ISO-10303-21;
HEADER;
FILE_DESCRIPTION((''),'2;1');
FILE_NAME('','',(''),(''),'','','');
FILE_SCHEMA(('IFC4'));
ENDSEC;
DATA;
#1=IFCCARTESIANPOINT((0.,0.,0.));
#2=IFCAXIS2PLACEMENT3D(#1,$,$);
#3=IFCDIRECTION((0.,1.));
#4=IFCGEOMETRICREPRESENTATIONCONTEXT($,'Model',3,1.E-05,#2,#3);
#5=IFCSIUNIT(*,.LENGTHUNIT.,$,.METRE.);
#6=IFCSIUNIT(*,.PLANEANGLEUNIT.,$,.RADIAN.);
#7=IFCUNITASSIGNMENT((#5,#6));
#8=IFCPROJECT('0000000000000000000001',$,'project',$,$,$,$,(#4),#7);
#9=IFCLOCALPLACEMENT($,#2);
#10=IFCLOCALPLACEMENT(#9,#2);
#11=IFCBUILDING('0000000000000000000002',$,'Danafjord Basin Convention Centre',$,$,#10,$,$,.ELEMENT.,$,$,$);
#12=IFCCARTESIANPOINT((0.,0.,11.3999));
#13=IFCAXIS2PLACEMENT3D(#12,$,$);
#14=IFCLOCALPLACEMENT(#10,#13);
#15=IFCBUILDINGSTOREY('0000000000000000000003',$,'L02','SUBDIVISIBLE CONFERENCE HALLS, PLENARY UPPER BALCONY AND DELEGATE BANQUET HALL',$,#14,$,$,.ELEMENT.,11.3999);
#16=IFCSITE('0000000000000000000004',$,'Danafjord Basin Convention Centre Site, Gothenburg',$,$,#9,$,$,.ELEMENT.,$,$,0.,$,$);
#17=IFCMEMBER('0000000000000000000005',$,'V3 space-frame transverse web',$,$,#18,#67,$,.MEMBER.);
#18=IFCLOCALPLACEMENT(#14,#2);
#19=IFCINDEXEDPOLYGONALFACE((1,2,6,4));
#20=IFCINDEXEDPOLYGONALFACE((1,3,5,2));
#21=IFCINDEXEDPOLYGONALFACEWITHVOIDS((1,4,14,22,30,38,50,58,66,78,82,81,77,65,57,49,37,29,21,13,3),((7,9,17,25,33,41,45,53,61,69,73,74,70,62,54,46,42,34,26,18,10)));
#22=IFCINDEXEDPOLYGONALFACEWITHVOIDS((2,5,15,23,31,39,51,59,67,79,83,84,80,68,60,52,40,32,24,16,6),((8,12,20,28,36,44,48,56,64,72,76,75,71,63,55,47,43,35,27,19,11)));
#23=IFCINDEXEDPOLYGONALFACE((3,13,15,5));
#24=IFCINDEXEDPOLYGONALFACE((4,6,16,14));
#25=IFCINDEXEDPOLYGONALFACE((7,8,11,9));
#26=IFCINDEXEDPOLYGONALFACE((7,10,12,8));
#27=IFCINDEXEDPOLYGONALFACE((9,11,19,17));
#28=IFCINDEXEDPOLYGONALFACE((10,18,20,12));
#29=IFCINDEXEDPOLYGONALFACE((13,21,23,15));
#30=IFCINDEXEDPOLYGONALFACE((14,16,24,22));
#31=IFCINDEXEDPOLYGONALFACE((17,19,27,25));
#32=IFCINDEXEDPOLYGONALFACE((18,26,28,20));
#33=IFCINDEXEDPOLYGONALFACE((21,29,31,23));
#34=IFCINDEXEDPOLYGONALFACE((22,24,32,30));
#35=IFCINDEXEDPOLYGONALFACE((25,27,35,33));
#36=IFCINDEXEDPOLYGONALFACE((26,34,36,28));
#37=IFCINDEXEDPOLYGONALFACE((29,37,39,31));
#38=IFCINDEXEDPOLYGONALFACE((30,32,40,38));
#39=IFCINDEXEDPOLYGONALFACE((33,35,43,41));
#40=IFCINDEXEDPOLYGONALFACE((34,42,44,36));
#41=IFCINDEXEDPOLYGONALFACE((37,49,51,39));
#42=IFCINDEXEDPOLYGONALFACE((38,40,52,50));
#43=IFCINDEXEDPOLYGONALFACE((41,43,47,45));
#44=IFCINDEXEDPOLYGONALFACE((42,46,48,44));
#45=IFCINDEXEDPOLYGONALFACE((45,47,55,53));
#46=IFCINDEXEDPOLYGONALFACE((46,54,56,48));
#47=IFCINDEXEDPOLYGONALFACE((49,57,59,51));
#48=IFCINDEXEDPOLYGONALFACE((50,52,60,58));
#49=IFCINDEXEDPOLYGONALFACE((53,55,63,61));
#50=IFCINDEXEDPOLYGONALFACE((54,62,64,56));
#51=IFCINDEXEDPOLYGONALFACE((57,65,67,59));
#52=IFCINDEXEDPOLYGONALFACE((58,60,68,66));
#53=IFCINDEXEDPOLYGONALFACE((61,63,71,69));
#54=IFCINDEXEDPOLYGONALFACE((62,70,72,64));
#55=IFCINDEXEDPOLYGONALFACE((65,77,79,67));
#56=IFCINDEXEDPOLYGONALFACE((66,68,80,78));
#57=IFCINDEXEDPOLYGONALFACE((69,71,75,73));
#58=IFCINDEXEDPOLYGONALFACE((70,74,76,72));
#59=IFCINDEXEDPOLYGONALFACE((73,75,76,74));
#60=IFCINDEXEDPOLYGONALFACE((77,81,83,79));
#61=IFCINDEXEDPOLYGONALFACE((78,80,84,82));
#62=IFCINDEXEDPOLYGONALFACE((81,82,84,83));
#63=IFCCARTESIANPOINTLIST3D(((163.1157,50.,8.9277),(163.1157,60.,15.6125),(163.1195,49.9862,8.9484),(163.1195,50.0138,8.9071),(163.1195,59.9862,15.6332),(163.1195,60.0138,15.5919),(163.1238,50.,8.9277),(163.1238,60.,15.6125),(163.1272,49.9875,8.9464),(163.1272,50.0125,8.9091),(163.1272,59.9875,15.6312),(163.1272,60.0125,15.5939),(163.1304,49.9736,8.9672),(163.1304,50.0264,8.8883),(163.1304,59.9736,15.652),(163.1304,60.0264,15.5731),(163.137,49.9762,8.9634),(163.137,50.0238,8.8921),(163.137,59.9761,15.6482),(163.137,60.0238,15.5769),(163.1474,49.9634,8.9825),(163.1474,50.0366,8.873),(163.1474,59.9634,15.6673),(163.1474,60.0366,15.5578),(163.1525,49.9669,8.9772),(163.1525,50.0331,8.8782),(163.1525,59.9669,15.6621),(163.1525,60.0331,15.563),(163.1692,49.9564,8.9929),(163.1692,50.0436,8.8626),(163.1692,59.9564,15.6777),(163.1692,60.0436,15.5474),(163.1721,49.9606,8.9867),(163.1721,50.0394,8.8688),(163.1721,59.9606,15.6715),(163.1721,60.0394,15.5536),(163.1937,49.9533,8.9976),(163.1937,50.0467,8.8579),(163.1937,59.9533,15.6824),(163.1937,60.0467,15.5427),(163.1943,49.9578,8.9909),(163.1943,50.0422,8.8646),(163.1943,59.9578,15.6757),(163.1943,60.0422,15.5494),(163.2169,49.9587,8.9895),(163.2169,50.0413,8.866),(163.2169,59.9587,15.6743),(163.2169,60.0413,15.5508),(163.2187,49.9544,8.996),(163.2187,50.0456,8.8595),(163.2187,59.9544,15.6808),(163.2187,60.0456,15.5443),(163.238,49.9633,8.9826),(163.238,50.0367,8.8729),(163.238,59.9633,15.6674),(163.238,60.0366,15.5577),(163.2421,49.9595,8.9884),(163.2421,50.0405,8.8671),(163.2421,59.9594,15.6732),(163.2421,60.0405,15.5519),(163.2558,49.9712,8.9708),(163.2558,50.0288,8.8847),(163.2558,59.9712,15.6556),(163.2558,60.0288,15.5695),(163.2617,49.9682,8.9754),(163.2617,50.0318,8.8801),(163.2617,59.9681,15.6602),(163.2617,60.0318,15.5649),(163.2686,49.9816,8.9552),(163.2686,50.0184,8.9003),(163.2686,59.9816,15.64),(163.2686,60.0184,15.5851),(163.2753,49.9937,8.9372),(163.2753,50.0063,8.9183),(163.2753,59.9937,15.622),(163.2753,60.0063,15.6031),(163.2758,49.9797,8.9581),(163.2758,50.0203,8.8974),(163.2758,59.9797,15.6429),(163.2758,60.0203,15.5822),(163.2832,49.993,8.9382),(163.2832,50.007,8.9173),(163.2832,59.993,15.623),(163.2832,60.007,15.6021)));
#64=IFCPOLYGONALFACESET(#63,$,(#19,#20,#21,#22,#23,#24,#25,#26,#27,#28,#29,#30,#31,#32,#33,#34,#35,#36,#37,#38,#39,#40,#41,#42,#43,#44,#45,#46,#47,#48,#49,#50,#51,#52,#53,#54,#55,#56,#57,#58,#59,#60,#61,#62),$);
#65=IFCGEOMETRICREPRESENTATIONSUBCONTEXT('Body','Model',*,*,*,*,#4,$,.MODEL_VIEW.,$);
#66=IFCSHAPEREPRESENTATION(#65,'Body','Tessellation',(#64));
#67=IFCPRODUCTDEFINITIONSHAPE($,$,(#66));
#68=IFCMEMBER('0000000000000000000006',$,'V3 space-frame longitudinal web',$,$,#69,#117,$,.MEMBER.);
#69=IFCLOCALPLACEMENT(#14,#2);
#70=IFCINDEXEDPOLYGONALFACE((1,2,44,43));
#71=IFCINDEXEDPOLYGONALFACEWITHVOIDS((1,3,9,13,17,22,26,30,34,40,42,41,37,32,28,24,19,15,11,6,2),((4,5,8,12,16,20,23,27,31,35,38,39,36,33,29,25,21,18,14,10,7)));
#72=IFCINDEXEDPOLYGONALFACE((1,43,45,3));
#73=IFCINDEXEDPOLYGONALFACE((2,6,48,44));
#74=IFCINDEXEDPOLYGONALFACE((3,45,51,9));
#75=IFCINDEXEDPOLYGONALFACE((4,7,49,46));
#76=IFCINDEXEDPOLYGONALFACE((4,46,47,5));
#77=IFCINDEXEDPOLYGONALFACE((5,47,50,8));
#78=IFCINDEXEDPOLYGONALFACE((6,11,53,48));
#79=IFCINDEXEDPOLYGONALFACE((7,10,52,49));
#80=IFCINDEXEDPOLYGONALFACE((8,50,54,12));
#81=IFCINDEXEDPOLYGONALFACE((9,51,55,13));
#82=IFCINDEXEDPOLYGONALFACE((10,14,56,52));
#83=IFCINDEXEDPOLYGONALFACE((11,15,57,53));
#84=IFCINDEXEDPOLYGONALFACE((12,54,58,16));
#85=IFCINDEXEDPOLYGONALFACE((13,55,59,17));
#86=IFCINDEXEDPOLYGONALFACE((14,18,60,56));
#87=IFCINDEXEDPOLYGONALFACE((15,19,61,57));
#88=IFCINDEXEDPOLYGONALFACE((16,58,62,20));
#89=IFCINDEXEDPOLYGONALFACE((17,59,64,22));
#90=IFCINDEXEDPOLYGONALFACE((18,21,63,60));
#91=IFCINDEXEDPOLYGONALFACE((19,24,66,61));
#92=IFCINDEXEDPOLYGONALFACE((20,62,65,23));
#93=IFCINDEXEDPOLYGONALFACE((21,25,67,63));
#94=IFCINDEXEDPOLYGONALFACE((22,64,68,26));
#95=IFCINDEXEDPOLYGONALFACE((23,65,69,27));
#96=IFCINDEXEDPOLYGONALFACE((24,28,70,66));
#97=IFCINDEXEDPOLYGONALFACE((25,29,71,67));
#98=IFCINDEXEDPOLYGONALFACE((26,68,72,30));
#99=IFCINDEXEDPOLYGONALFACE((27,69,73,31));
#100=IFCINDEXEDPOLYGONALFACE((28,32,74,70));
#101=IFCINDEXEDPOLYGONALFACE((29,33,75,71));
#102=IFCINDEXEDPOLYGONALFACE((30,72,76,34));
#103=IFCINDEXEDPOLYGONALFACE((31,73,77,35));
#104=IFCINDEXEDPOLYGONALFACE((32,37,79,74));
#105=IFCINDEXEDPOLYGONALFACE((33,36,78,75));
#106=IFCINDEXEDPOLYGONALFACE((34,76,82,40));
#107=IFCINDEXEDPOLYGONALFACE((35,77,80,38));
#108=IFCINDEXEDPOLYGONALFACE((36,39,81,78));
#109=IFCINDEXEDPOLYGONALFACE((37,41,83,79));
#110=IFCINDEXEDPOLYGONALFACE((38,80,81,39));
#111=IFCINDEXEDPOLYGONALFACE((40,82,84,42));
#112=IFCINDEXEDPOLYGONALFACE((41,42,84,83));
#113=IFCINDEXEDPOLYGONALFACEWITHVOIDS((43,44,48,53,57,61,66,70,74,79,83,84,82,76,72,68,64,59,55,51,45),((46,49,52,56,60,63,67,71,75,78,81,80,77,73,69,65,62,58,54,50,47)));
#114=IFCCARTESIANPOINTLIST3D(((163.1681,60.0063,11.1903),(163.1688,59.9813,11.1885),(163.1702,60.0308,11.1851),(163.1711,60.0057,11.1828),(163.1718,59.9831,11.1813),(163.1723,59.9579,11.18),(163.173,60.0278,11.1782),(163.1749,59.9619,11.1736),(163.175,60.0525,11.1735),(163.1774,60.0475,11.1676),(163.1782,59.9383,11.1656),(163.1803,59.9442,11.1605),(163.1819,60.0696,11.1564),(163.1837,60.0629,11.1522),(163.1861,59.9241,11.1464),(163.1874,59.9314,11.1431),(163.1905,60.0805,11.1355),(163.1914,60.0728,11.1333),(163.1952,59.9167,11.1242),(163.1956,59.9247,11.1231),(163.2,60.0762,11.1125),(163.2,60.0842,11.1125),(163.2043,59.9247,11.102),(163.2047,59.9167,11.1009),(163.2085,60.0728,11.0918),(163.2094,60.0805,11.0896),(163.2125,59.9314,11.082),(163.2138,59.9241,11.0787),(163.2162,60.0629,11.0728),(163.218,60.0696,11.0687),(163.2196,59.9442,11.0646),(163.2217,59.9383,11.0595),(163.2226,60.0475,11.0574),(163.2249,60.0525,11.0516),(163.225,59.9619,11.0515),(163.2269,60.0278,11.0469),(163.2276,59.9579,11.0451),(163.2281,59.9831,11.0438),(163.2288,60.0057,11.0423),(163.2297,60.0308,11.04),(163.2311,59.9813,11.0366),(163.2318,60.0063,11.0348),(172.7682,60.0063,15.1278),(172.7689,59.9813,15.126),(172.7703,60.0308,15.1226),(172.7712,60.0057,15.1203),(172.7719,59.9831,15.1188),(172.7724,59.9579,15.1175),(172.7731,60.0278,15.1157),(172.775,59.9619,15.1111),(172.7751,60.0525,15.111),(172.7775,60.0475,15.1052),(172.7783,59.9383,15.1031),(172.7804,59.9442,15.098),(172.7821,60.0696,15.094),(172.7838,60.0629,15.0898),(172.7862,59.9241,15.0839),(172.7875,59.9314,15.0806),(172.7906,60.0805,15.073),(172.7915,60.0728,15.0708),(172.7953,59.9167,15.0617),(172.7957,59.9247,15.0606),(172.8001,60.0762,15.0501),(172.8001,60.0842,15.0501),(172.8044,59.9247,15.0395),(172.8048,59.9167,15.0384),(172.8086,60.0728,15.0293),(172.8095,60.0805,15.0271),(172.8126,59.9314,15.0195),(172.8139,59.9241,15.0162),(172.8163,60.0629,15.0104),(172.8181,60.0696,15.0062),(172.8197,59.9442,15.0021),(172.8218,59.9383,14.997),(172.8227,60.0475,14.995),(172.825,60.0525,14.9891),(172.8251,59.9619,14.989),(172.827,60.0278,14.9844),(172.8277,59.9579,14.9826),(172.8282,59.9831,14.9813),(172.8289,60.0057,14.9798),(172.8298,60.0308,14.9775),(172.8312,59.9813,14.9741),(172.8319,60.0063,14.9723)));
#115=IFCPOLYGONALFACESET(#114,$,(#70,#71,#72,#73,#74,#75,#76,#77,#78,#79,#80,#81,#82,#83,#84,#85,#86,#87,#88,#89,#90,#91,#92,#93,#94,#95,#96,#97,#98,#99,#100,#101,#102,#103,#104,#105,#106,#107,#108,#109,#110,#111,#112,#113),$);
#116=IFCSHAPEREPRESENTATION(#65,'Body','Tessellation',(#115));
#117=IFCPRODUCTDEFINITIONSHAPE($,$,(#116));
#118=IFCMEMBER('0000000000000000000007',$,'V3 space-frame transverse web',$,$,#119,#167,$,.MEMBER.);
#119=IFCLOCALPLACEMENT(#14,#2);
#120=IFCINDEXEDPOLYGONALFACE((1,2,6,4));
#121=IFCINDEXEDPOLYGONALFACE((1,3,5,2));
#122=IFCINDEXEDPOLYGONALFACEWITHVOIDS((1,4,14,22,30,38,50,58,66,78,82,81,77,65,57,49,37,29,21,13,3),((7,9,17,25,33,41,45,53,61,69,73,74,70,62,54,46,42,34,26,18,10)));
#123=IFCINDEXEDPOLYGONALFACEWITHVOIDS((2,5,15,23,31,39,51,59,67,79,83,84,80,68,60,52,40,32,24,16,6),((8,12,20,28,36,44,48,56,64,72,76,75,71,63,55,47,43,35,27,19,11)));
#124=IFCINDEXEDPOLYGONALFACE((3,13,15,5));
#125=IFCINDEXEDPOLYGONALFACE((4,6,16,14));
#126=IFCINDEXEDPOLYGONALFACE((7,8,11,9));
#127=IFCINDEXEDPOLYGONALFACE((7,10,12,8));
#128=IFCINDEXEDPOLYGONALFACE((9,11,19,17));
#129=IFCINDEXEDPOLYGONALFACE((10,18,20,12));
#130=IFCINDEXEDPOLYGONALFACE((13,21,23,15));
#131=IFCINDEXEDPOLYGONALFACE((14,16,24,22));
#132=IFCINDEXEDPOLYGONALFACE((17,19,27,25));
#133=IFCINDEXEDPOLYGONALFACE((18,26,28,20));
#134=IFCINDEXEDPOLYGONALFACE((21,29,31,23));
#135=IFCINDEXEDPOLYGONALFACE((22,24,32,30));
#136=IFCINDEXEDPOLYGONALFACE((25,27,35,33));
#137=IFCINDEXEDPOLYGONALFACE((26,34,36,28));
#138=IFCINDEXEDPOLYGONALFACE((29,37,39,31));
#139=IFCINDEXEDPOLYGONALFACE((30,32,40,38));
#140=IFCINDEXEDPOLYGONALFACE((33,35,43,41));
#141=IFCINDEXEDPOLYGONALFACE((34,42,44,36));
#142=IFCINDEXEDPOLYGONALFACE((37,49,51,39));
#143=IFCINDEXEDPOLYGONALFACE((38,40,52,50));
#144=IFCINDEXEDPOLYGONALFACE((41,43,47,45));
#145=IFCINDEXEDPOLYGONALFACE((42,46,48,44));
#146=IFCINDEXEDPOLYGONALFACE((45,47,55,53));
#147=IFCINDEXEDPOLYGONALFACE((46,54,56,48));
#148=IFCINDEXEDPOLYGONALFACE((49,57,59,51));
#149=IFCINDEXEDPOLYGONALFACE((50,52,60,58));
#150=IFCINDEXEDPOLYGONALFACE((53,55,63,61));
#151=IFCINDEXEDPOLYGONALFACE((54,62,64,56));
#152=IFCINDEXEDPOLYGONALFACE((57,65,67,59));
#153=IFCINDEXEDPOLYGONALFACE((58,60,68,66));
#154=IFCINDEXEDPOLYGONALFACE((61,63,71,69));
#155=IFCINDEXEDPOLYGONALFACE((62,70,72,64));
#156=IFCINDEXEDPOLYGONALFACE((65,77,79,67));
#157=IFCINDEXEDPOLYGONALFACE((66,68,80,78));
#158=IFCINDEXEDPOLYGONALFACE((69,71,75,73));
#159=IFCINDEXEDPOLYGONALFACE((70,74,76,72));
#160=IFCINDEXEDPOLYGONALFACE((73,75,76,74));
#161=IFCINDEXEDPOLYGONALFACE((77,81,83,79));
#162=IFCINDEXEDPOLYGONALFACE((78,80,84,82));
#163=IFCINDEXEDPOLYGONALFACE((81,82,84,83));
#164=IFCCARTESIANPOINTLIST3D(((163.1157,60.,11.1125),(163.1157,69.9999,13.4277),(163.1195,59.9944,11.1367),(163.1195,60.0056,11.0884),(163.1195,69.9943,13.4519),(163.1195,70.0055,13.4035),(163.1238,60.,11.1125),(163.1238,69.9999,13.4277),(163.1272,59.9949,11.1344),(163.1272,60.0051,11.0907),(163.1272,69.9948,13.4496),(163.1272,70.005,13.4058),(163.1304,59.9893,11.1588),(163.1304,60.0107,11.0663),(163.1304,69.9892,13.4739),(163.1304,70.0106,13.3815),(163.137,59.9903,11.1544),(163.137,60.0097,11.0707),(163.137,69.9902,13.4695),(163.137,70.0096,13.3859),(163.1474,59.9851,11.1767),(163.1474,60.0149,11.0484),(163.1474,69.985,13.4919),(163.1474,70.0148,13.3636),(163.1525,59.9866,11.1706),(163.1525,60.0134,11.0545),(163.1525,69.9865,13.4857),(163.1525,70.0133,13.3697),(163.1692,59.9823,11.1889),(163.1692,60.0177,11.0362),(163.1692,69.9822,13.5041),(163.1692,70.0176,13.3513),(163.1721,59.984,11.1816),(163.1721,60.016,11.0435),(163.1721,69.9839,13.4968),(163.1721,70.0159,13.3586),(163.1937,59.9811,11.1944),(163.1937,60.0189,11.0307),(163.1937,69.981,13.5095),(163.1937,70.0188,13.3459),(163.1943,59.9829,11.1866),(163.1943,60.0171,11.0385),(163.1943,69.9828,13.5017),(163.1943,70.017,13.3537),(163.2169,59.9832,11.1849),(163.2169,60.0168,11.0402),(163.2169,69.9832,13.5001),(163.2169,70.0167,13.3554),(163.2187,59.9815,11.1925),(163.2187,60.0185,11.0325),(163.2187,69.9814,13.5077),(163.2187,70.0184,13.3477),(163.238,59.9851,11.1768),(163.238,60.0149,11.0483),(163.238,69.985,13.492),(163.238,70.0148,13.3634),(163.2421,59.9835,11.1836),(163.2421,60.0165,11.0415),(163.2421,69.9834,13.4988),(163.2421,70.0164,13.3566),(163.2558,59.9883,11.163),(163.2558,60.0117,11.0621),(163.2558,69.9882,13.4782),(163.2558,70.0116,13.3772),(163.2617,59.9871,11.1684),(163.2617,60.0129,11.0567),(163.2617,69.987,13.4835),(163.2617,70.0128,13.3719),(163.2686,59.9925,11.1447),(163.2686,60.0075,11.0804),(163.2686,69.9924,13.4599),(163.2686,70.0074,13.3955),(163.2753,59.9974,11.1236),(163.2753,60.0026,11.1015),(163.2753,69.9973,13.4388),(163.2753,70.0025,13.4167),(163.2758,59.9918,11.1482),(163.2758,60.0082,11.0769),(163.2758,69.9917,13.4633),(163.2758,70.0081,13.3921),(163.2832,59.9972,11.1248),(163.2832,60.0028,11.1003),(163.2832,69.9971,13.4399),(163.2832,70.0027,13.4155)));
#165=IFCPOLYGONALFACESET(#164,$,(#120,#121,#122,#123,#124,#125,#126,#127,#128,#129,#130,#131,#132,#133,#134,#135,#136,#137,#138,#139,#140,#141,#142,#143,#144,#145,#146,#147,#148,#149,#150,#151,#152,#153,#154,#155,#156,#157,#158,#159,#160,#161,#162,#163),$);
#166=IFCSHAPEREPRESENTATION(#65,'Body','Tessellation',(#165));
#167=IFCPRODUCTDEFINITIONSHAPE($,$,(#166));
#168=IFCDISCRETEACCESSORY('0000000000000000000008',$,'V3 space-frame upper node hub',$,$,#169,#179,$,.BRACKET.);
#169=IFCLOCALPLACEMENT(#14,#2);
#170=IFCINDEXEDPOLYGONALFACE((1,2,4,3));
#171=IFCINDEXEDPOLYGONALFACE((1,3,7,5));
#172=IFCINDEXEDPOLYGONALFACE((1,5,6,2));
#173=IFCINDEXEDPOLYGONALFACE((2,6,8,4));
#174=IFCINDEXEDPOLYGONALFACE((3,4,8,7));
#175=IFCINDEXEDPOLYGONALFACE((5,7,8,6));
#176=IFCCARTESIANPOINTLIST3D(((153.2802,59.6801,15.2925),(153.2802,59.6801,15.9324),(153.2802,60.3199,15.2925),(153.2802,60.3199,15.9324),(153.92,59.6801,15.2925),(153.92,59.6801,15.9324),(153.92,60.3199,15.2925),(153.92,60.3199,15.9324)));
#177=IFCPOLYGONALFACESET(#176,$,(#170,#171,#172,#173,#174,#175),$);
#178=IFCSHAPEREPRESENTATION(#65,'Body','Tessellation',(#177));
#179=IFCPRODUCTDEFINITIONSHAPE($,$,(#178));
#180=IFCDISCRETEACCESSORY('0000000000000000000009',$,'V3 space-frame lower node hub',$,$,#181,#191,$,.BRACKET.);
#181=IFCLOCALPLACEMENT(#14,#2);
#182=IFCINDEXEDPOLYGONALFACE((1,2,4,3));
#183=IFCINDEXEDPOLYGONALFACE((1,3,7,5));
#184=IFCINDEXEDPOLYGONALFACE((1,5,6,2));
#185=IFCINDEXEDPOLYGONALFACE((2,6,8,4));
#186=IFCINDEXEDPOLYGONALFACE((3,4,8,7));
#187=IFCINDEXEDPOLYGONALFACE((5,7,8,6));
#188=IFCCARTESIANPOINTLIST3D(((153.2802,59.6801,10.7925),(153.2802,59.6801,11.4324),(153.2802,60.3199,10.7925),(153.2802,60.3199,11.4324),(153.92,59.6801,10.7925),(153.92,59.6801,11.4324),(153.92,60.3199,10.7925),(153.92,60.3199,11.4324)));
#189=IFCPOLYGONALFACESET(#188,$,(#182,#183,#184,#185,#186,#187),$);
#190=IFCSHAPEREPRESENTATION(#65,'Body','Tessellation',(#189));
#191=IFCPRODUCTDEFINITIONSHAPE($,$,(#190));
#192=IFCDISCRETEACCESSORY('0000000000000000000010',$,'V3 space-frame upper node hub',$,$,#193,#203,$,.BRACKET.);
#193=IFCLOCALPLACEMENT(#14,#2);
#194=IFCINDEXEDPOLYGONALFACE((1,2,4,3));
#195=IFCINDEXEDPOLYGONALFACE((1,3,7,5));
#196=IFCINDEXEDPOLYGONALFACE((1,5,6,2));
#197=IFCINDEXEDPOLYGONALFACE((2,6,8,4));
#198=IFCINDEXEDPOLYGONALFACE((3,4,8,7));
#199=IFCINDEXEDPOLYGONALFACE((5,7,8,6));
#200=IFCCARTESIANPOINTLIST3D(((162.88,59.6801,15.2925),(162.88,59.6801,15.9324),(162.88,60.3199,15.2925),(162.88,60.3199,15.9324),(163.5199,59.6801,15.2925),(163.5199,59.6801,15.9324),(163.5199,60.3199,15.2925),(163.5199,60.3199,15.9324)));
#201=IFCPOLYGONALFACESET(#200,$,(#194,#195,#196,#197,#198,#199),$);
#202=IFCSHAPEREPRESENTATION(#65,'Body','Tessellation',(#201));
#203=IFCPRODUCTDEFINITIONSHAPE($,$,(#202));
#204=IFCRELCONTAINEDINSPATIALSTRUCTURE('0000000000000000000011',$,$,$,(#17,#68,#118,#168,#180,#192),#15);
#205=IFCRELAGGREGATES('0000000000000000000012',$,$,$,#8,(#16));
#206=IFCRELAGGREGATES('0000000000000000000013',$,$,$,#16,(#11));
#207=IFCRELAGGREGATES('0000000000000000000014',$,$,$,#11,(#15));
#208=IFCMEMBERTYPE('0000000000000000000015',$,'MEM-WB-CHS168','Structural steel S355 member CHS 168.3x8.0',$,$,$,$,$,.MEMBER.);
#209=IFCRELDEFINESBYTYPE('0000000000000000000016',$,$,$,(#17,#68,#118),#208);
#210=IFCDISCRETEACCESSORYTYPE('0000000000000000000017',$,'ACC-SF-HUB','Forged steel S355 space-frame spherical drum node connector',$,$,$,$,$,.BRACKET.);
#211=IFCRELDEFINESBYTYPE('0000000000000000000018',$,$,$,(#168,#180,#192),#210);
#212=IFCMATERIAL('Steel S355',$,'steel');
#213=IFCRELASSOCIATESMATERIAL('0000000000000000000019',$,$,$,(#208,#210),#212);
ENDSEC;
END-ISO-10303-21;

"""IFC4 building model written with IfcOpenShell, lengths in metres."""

from ifc_helpers import new_model, si_unit, direction, frame, origin, origin_2d, place, context, subcontext, project, spatial, rectangle, hollow_circle, extrude, material, material_profile, profile_set, type_object, element, save


model = new_model("IFC4")

# Units and contexts
model_context = context("Model", 3, precision=1e-05, world=origin(), true_north=direction((0.0, 1.0)))
body_context = subcontext(model_context, "Body", "Model", "MODEL_VIEW")
ifc_project = project(units=[si_unit("LENGTHUNIT", "METRE"), si_unit("PLANEANGLEUNIT", "RADIAN")], contexts=[model_context])

# Site, building, storey
site_placement = place(None, origin())
site = spatial("IfcSite", under=ifc_project, at=site_placement, Name="Danafjord Basin Convention Centre Site, Gothenburg", CompositionType="ELEMENT", RefElevation=0.0)
building_placement = place(site_placement, origin())
building = spatial("IfcBuilding", under=site, at=building_placement, Name="Danafjord Basin Convention Centre", CompositionType="ELEMENT")
storey_placement = place(building_placement, frame((0.0, 0.0, 11.3999)))
storey = spatial("IfcBuildingStorey", under=building, at=storey_placement, Name="L02", Description="SUBDIVISIBLE CONFERENCE HALLS, PLENARY UPPER BALCONY AND DELEGATE BANQUET HALL", CompositionType="ELEMENT", Elevation=11.3999)

# Members
ifc_material = material(Name="Steel S355", Category="steel")
ifc_material_profile_1 = material_profile(ifc_material, hollow_circle(Radius=0.0842, WallThickness=0.0081, at=origin_2d()), Name="CHS 168.3x8.0")
ifc_profile_set_1 = profile_set([ifc_material_profile_1], Name="Steel S355")
member_type_1 = type_object("IfcMemberType", Name="MEM-WB-CHS168", Description="Structural steel S355 member CHS 168.3x8.0", PredefinedType="MEMBER", material=ifc_profile_set_1)
member_1_placement = place(storey_placement, frame((163.2, 50.0, 8.9277), z_axis=(0.0, 0.831353, 0.555744), x_axis=(-1.0, 0.0, 0.0)))
element("IfcMember", 1, at=member_1_placement, inside=storey, type_object=member_type_1, Name="V3 space-frame transverse web", PredefinedType="MEMBER", context=body_context, shape_type="SweptSolid", body=[
    extrude(hollow_circle(Radius=0.0842, WallThickness=0.0081, at=origin_2d()), origin(), (0.0, 0.0, 1.0), 12.0286),
])
member_2_placement = place(storey_placement, frame((163.2, 60.0, 11.1125), z_axis=(0.925203, 0.0, 0.379474), x_axis=(0.0, 1.0, 0.0)))
element("IfcMember", 2, at=member_2_placement, inside=storey, type_object=member_type_1, Name="V3 space-frame longitudinal web", PredefinedType="MEMBER", context=body_context, shape_type="SweptSolid", body=[
    extrude(hollow_circle(Radius=0.0842, WallThickness=0.0081, at=origin_2d()), origin(), (0.0, 0.0, 1.0), 10.3762),
])
member_3_placement = place(storey_placement, frame((163.2, 60.0, 11.1125), z_axis=(0.0, 0.974231, 0.225553), x_axis=(-1.0, 0.0, 0.0)))
element("IfcMember", 3, at=member_3_placement, inside=storey, type_object=member_type_1, Name="V3 space-frame transverse web", PredefinedType="MEMBER", context=body_context, shape_type="SweptSolid", body=[
    extrude(hollow_circle(Radius=0.0842, WallThickness=0.0081, at=origin_2d()), origin(), (0.0, 0.0, 1.0), 10.2644),
])

# Discrete accessories
discrete_accessory_type = type_object("IfcDiscreteAccessoryType", Name="ACC-SF-HUB", Description="Forged steel S355 space-frame spherical drum node connector", PredefinedType="BRACKET", material=ifc_material)
for number, where, z_axis, x_axis, name in (
    (4, (153.6001, 60.0, 15.2925), (0.0, 0.0, 1.0), (1.0, 0.0, 0.0), "V3 space-frame upper node hub"),
    (5, (153.6001, 60.0, 10.7925), (0.0, 0.0, 1.0), (1.0, 0.0, 0.0), "V3 space-frame lower node hub"),
    (6, (163.2, 60.0, 15.2925), (0.0, 0.0, 1.0), (1.0, 0.0, 0.0), "V3 space-frame upper node hub"),
):
    element("IfcDiscreteAccessory", number, at=place(storey_placement, frame(where, z_axis=z_axis, x_axis=x_axis)), inside=storey, type_object=discrete_accessory_type, Name=name, PredefinedType="BRACKET", context=body_context, shape_type="SweptSolid", body=[
        extrude(rectangle(XDim=0.6399, YDim=0.6399, at=origin_2d()), origin(), (0.0, 0.0, 1.0), 0.6399),
    ])

save(model, "model.ifc")
